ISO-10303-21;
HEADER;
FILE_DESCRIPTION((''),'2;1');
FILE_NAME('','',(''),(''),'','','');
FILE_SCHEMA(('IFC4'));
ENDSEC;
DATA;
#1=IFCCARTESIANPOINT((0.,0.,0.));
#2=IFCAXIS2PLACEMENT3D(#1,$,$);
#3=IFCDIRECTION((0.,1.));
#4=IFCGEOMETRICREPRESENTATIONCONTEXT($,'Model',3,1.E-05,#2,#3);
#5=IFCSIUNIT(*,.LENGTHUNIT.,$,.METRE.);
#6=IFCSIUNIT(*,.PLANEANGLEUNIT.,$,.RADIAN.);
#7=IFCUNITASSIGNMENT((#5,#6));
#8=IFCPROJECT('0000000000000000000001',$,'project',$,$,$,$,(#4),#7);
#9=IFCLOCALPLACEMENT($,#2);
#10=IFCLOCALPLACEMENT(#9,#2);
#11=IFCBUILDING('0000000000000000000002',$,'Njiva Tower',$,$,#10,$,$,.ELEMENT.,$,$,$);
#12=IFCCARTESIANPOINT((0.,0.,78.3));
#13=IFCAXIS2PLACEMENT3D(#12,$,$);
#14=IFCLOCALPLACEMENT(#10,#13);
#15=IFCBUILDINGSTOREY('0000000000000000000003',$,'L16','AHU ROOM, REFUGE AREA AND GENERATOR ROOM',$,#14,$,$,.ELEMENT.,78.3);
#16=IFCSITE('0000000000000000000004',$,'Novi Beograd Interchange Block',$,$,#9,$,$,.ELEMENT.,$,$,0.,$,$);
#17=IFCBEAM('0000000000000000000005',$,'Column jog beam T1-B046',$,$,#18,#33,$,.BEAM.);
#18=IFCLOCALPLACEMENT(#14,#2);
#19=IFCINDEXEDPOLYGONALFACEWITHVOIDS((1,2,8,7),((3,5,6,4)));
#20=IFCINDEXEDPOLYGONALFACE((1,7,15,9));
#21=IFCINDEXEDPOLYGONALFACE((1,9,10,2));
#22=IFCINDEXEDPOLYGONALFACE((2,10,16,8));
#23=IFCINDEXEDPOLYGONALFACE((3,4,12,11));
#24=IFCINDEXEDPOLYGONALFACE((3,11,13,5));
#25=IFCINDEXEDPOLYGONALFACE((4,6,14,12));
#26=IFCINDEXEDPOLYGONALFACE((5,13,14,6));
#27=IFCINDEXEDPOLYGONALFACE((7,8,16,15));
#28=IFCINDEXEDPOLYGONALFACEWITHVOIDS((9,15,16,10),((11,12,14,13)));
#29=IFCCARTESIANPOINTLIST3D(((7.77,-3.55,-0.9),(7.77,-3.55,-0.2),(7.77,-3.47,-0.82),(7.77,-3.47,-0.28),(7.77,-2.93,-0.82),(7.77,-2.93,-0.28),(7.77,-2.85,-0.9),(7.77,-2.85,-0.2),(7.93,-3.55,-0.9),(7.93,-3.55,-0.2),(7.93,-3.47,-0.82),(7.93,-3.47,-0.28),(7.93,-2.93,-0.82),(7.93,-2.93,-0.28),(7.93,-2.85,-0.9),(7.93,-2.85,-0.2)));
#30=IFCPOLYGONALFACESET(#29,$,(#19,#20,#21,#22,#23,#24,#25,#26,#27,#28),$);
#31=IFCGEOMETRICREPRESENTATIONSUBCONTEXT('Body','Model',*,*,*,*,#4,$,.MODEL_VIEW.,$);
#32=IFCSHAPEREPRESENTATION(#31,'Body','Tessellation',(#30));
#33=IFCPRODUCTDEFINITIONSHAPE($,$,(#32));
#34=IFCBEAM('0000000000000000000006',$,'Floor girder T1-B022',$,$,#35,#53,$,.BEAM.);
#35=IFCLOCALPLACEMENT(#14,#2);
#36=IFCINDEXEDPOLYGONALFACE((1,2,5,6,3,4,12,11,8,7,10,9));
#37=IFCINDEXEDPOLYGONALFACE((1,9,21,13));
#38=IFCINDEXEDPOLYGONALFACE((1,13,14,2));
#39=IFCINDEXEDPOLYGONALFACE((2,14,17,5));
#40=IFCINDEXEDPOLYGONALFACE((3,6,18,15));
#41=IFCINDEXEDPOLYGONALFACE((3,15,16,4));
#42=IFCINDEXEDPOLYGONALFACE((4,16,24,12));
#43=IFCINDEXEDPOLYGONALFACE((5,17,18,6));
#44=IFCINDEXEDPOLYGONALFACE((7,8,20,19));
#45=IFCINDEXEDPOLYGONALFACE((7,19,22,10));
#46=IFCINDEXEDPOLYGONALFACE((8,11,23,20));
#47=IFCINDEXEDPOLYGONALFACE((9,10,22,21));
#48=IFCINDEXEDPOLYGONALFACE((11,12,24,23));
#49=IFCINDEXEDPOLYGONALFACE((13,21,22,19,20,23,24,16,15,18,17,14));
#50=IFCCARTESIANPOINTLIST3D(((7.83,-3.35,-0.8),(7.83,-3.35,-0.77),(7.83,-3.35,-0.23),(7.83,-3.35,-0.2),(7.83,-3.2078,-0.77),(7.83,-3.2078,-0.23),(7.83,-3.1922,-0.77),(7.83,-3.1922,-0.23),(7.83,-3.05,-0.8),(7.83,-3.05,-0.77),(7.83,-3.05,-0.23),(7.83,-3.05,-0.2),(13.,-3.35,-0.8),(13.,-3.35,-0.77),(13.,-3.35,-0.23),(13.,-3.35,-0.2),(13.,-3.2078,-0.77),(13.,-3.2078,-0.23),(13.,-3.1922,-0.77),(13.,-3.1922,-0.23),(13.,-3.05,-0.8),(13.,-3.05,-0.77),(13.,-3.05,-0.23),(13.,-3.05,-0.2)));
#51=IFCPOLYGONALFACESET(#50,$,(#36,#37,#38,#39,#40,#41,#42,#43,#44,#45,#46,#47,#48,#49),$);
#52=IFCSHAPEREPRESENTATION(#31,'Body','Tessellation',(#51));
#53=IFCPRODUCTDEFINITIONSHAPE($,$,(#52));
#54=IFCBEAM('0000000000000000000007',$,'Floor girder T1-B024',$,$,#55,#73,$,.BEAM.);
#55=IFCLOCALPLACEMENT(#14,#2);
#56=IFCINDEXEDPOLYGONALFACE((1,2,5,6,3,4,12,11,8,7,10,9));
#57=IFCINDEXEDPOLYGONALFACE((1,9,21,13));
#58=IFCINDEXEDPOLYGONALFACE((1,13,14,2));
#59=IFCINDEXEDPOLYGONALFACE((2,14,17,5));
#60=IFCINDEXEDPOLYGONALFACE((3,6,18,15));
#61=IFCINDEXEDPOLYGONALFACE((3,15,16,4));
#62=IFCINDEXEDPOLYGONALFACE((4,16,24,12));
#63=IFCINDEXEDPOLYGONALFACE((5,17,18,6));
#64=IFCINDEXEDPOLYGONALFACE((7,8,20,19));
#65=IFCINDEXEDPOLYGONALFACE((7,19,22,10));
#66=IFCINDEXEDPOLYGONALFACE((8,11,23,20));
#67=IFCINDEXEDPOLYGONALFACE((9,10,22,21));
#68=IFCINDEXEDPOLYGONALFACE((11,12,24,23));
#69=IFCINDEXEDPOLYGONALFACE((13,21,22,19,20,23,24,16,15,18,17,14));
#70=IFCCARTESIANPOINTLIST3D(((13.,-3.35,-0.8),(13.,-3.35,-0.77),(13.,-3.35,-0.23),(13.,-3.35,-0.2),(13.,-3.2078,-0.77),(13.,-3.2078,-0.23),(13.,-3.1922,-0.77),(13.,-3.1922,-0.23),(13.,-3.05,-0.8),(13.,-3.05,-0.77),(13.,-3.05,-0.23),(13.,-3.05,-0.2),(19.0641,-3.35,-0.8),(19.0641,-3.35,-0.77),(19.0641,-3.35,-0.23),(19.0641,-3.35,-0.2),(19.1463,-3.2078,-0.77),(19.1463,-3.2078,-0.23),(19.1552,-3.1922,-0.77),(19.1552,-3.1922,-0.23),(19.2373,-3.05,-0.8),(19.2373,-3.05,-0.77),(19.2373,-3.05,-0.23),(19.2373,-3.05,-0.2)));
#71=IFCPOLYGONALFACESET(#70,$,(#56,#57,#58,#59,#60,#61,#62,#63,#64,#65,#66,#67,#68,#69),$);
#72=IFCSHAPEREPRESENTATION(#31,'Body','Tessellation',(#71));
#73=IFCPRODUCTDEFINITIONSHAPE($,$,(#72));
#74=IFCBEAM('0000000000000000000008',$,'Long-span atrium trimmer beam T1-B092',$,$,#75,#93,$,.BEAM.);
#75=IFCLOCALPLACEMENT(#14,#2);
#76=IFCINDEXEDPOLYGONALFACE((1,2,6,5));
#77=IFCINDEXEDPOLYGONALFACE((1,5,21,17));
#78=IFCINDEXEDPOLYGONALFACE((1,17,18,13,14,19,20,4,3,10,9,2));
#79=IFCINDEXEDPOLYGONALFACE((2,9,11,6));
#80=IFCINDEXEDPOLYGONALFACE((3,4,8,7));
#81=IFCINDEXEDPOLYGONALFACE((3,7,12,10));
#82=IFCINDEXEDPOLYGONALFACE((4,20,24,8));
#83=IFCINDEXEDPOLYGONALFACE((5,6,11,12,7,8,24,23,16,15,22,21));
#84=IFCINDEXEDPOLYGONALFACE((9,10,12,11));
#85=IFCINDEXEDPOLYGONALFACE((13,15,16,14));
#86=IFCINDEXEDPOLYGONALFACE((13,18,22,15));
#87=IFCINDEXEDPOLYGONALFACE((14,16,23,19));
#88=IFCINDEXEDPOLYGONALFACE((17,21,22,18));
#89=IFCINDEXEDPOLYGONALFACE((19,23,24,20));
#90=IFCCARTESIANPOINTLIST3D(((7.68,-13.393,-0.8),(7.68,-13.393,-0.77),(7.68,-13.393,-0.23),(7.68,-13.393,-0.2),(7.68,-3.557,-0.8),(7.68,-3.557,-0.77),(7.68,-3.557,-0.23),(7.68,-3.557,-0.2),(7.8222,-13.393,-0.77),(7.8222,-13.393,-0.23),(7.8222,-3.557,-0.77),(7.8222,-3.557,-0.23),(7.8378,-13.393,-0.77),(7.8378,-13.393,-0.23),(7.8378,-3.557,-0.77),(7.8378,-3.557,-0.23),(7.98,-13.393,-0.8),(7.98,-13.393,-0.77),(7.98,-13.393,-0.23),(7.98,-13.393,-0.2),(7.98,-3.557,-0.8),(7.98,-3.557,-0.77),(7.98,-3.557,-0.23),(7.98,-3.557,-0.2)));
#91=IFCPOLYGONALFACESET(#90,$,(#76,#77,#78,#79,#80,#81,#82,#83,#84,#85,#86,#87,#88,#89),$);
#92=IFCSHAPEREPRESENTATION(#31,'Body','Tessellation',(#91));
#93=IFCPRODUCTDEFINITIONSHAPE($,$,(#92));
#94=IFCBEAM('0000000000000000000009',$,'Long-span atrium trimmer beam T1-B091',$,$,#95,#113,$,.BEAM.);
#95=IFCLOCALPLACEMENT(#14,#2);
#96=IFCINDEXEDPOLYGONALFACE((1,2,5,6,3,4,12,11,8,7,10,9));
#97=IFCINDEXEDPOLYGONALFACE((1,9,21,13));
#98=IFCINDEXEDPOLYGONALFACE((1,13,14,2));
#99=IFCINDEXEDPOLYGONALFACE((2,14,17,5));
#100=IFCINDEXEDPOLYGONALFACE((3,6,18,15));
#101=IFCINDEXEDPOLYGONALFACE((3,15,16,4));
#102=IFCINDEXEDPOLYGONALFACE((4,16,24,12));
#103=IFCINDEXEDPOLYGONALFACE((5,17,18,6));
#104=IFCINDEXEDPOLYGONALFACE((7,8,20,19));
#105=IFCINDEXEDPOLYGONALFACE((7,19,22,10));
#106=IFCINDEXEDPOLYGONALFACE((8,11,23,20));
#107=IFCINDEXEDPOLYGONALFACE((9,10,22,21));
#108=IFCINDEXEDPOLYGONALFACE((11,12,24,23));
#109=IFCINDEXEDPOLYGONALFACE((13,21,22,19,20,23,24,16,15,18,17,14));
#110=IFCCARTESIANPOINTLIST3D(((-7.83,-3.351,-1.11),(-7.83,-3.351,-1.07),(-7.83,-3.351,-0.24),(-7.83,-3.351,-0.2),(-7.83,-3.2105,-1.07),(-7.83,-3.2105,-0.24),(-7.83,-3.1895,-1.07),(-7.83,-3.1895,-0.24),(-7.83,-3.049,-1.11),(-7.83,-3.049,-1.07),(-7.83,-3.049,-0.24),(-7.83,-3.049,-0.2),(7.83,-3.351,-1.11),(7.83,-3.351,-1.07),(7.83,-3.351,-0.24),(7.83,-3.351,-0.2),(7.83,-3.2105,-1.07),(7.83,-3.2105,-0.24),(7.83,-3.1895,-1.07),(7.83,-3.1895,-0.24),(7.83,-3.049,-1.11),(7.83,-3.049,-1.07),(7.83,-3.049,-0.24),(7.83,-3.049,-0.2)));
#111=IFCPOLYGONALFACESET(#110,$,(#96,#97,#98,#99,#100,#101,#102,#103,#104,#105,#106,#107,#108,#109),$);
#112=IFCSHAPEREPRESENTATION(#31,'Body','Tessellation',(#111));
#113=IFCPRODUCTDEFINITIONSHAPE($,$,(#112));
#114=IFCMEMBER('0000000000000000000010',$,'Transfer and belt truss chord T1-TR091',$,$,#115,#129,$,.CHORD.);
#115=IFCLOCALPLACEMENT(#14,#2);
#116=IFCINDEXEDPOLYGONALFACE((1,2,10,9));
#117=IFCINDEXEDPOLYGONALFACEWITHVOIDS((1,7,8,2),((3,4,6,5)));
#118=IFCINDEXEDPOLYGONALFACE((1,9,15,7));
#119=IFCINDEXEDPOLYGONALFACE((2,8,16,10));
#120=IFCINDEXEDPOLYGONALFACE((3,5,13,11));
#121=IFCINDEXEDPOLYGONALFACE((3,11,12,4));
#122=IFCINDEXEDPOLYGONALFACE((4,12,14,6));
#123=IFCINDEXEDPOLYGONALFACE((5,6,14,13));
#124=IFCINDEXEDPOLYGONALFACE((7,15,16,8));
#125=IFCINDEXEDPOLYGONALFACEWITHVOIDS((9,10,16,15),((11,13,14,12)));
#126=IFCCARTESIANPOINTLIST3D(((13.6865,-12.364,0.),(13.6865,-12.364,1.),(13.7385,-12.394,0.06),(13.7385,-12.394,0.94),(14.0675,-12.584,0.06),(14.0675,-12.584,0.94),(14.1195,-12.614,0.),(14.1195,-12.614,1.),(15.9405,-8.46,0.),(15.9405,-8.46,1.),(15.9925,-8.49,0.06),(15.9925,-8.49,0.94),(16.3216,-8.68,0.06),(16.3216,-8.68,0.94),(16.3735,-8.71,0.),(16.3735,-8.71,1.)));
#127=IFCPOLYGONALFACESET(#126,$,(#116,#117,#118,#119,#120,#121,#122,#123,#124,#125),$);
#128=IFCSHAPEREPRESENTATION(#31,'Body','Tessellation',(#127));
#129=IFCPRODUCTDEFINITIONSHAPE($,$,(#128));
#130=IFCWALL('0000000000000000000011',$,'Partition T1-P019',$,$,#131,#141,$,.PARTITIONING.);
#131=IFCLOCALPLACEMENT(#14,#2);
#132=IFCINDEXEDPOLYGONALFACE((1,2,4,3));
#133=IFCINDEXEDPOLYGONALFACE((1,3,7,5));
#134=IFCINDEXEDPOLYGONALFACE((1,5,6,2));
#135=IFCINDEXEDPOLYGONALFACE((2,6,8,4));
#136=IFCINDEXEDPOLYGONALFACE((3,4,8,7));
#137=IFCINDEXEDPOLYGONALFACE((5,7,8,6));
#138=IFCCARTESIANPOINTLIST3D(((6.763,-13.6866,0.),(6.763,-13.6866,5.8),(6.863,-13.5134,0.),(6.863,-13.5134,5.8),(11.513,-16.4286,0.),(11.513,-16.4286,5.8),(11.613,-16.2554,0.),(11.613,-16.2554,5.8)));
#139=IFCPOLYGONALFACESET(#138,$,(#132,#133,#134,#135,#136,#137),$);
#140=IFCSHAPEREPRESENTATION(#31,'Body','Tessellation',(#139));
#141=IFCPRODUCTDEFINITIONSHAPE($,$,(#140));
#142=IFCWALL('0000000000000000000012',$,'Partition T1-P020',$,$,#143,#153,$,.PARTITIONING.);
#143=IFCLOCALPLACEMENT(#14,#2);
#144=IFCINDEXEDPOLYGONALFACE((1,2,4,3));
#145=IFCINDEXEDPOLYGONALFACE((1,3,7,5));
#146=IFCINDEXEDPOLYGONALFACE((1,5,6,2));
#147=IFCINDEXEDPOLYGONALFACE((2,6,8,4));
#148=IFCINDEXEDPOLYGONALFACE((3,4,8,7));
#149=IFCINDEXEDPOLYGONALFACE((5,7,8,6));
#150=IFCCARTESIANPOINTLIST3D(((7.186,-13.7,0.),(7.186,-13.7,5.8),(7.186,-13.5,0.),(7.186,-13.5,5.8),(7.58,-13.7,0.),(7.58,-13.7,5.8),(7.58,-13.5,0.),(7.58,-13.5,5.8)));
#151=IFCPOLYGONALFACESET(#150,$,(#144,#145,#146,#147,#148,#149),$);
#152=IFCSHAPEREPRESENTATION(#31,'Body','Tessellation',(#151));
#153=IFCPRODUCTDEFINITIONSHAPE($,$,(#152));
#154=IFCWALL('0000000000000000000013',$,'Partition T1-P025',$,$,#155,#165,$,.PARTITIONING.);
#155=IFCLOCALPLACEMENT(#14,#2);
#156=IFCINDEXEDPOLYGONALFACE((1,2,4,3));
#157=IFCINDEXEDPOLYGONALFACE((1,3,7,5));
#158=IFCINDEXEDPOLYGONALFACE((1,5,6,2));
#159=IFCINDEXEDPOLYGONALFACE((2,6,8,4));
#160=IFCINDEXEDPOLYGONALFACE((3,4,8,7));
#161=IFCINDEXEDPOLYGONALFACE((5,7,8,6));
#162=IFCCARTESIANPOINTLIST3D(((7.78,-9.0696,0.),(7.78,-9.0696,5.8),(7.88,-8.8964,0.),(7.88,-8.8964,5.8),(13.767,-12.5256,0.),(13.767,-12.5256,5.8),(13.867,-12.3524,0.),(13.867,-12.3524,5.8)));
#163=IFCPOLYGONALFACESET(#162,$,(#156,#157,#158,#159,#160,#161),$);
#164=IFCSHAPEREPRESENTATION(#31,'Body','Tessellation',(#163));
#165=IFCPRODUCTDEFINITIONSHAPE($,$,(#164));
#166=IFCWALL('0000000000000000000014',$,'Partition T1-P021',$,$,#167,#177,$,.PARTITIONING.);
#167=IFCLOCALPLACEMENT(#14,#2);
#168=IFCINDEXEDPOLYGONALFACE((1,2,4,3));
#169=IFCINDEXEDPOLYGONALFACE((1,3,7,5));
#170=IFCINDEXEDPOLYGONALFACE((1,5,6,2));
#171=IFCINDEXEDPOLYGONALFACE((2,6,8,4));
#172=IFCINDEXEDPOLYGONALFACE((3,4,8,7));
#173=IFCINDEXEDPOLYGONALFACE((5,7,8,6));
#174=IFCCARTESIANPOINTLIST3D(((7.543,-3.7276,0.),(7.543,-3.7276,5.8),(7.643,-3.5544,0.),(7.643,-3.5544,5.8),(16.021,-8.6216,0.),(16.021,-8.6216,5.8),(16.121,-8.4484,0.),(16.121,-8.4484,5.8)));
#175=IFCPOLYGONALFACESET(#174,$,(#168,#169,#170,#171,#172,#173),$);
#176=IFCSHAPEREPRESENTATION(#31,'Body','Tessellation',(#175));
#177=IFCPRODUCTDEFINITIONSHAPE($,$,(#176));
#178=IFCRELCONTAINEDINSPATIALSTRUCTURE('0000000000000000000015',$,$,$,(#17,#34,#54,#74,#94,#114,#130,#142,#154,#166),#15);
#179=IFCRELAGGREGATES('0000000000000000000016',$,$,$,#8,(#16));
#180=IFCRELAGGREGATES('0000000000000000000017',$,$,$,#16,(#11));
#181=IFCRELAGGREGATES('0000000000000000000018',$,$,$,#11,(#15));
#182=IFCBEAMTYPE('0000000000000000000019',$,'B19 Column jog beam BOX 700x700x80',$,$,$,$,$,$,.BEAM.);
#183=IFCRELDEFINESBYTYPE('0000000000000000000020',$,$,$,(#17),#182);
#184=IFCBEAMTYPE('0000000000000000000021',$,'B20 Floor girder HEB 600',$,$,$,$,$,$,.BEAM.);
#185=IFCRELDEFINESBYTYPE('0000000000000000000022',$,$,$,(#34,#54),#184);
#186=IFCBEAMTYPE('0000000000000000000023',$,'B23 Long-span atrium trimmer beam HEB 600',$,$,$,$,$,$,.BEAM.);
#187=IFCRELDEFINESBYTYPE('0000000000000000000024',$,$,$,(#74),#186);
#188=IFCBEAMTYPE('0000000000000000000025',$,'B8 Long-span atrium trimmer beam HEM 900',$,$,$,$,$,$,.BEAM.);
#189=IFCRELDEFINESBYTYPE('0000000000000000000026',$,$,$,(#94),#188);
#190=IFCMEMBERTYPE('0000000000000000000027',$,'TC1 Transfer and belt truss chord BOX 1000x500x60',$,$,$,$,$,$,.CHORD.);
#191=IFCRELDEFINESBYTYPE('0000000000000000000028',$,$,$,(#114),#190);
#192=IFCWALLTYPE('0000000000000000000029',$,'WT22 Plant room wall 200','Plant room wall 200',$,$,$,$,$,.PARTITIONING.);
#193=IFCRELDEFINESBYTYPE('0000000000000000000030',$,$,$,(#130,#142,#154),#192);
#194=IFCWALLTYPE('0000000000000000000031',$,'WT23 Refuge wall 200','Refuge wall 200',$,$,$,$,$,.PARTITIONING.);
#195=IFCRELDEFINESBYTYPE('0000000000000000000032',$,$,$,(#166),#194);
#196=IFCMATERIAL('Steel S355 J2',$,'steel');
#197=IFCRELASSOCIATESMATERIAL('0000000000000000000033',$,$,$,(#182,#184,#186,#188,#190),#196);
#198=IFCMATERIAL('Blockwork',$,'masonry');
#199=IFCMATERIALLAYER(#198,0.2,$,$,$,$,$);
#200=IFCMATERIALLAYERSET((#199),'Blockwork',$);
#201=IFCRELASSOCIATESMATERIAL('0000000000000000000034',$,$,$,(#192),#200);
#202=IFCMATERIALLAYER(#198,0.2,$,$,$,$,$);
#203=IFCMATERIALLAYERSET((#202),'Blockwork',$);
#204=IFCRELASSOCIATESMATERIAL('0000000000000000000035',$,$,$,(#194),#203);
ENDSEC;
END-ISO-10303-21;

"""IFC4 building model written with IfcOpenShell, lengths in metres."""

from ifc_helpers import new_model, si_unit, direction, frame, frame_2d, origin, origin_2d, place, context, subcontext, project, spatial, rectangle, hollow_rectangle, i_section, extrude, clip, halfspace, material, layer, layer_set, material_profile, profile_set, type_object, element, save


model = new_model("IFC4")

# Units and contexts
model_context = context("Model", 3, precision=1e-05, world=origin(), true_north=direction((0.0, 1.0)))
body_context = subcontext(model_context, "Body", "Model", "MODEL_VIEW")
ifc_project = project(units=[si_unit("LENGTHUNIT", "METRE"), si_unit("PLANEANGLEUNIT", "RADIAN")], contexts=[model_context])

# Site, building, storey
site_placement = place(None, origin())
site = spatial("IfcSite", under=ifc_project, at=site_placement, Name="Novi Beograd Interchange Block", CompositionType="ELEMENT", RefElevation=0.0)
building_placement = place(site_placement, origin())
building = spatial("IfcBuilding", under=site, at=building_placement, Name="Njiva Tower", CompositionType="ELEMENT")
storey_placement = place(building_placement, frame((0.0, 0.0, 78.3)))
storey = spatial("IfcBuildingStorey", under=building, at=storey_placement, Name="L16", Description="AHU ROOM, REFUGE AREA AND GENERATOR ROOM", CompositionType="ELEMENT", Elevation=78.3)

# Shared definitions
ifc_material_1 = material(Name="Steel S355 J2", Category="steel")

# Beams
ifc_material_profile_1 = material_profile(ifc_material_1, hollow_rectangle(XDim=0.7, YDim=0.7, WallThickness=0.08, at=origin_2d()), Name="BOX 700x700x80")
ifc_profile_set_1 = profile_set([ifc_material_profile_1], Name="Steel S355 J2")
beam_type_1 = type_object("IfcBeamType", Name="B19 Column jog beam BOX 700x700x80", PredefinedType="BEAM", material=ifc_profile_set_1)
beam_1_placement = place(storey_placement, frame((7.93, -3.2, -0.55), z_axis=(-1.0, 0.0, 0.0), x_axis=(0.0, -1.0, 0.0)))
element("IfcBeam", 1, at=beam_1_placement, inside=storey, type_object=beam_type_1, Name="Column jog beam T1-B046", PredefinedType="BEAM", context=body_context, shape_type="SweptSolid", body=[
    extrude(hollow_rectangle(XDim=0.7, YDim=0.7, WallThickness=0.08, at=origin_2d()), origin(), (0.0, 0.0, 1.0), 0.16),
])
ifc_material_profile_2 = material_profile(ifc_material_1, i_section(OverallWidth=0.3, OverallDepth=0.6, WebThickness=0.0155, FlangeThickness=0.03, at=origin_2d()), Name="HEB 600")
ifc_profile_set_2 = profile_set([ifc_material_profile_2], Name="Steel S355 J2")
beam_type_2 = type_object("IfcBeamType", Name="B20 Floor girder HEB 600", PredefinedType="BEAM", material=ifc_profile_set_2)
beam_2_placement = place(storey_placement, frame((7.83, -3.2, -0.5), z_axis=(1.0, 0.0, 0.0), x_axis=(0.0, 1.0, 0.0)))
element("IfcBeam", 2, at=beam_2_placement, inside=storey, type_object=beam_type_2, Name="Floor girder T1-B022", PredefinedType="BEAM", context=body_context, shape_type="SweptSolid", body=[
    extrude(i_section(OverallWidth=0.3, OverallDepth=0.6, WebThickness=0.0155, FlangeThickness=0.03, at=origin_2d()), origin(), (0.0, 0.0, 1.0), 5.17),
])
beam_3_placement = place(storey_placement, frame((13.0, -3.2, -0.5), z_axis=(1.0, 0.0, 0.0), x_axis=(0.0, 1.0, 0.0)))
element("IfcBeam", 3, at=beam_3_placement, inside=storey, type_object=beam_type_2, Name="Floor girder T1-B024", PredefinedType="BEAM", context=body_context, shape_type="Clipping", body=[
    clip(extrude(i_section(OverallWidth=0.3, OverallDepth=0.6, WebThickness=0.0155, FlangeThickness=0.03, at=origin_2d()), origin(), (0.0, 0.0, 1.0), 6.258), halfspace(frame((-0.025, 0.0, 6.1363), z_axis=(-0.499998, 0.0, 0.866027), x_axis=(0.0, 1.0, 0.0)), False)),
])
ifc_material_profile_3 = material_profile(ifc_material_1, i_section(OverallWidth=0.3, OverallDepth=0.6, WebThickness=0.0155, FlangeThickness=0.03, at=origin_2d()), Name="HEB 600")
ifc_profile_set_3 = profile_set([ifc_material_profile_3], Name="Steel S355 J2")
beam_type_3 = type_object("IfcBeamType", Name="B23 Long-span atrium trimmer beam HEB 600", PredefinedType="BEAM", material=ifc_profile_set_3)
beam_4_placement = place(storey_placement, frame((7.83, -13.393, -0.5), z_axis=(0.0, 1.0, 0.0), x_axis=(-1.0, 0.0, 0.0)))
element("IfcBeam", 4, at=beam_4_placement, inside=storey, type_object=beam_type_3, Name="Long-span atrium trimmer beam T1-B092", PredefinedType="BEAM", context=body_context, shape_type="SweptSolid", body=[
    extrude(i_section(OverallWidth=0.3, OverallDepth=0.6, WebThickness=0.0155, FlangeThickness=0.03, at=origin_2d()), origin(), (0.0, 0.0, 1.0), 9.836),
])
ifc_material_profile_4 = material_profile(ifc_material_1, i_section(OverallWidth=0.302, OverallDepth=0.91, WebThickness=0.021, FlangeThickness=0.04, at=origin_2d()), Name="HEM 900")
ifc_profile_set_4 = profile_set([ifc_material_profile_4], Name="Steel S355 J2")
beam_type_4 = type_object("IfcBeamType", Name="B8 Long-span atrium trimmer beam HEM 900", PredefinedType="BEAM", material=ifc_profile_set_4)
beam_5_placement = place(storey_placement, frame((7.83, -3.2, -0.655), z_axis=(-1.0, 0.0, 0.0), x_axis=(0.0, -1.0, 0.0)))
element("IfcBeam", 5, at=beam_5_placement, inside=storey, type_object=beam_type_4, Name="Long-span atrium trimmer beam T1-B091", PredefinedType="BEAM", context=body_context, shape_type="SweptSolid", body=[
    extrude(i_section(OverallWidth=0.302, OverallDepth=0.91, WebThickness=0.021, FlangeThickness=0.04, at=origin_2d()), origin(), (0.0, 0.0, 1.0), 15.66),
])

# Member
ifc_material_profile_5 = material_profile(ifc_material_1, hollow_rectangle(XDim=0.5, YDim=1.0, WallThickness=0.06, at=origin_2d()), Name="BOX 1000x500x60")
ifc_profile_set_5 = profile_set([ifc_material_profile_5], Name="Steel S355 J2")
member_type_1 = type_object("IfcMemberType", Name="TC1 Transfer and belt truss chord BOX 1000x500x60", PredefinedType="CHORD", material=ifc_profile_set_5)
member_1_placement = place(storey_placement, frame((13.903, -12.489, 0.5), z_axis=(0.500004, 0.866023, 0.0), x_axis=(-0.866023, 0.500004, 0.0)))
element("IfcMember", 6, at=member_1_placement, inside=storey, type_object=member_type_1, Name="Transfer and belt truss chord T1-TR091", PredefinedType="CHORD", context=body_context, shape_type="SweptSolid", body=[
    extrude(hollow_rectangle(XDim=0.5, YDim=1.0, WallThickness=0.06, at=origin_2d()), origin(), (0.0, 0.0, 1.0), 4.508),
])

# Walls
ifc_material_2 = material(Name="Blockwork", Category="masonry")
ifc_layer_1 = layer(ifc_material_2, 0.2)
ifc_layer_set_1 = layer_set([ifc_layer_1], Name="Blockwork")
wall_type_1 = type_object("IfcWallType", Name="WT22 Plant room wall 200", Description="Plant room wall 200", PredefinedType="PARTITIONING", material=ifc_layer_set_1)
wall_1_placement = place(storey_placement, frame((6.813, -13.6, 0.0), z_axis=(0.0, 0.0, 1.0), x_axis=(0.866058, -0.499943, 0.0)))
element("IfcWall", 7, at=wall_1_placement, inside=storey, type_object=wall_type_1, Name="Partition T1-P019", PredefinedType="PARTITIONING", context=body_context, shape_type="SweptSolid", body=[
    extrude(rectangle(XDim=5.4846, YDim=0.2, at=frame_2d((2.7423, 0.0))), origin(), (0.0, 0.0, 1.0), 5.8),
])
wall_2_placement = place(storey_placement, frame((7.186, -13.6, 0.0), z_axis=(0.0, 0.0, 1.0), x_axis=(1.0, 0.0, 0.0)))
element("IfcWall", 8, at=wall_2_placement, inside=storey, type_object=wall_type_1, Name="Partition T1-P020", PredefinedType="PARTITIONING", context=body_context, shape_type="SweptSolid", body=[
    extrude(rectangle(XDim=0.394, YDim=0.2, at=frame_2d((0.197, 0.0))), origin(), (0.0, 0.0, 1.0), 5.8),
])
wall_3_placement = place(storey_placement, frame((7.83, -8.983, 0.0), z_axis=(0.0, 0.0, 1.0), x_axis=(0.866063, -0.499935, 0.0)))
element("IfcWall", 9, at=wall_3_placement, inside=storey, type_object=wall_type_1, Name="Partition T1-P025", PredefinedType="PARTITIONING", context=body_context, shape_type="SweptSolid", body=[
    extrude(rectangle(XDim=6.9129, YDim=0.2, at=frame_2d((3.4564, 0.0))), origin(), (0.0, 0.0, 1.0), 5.8),
])
ifc_layer_2 = layer(ifc_material_2, 0.2)
ifc_layer_set_2 = layer_set([ifc_layer_2], Name="Blockwork")
wall_type_2 = type_object("IfcWallType", Name="WT23 Refuge wall 200", Description="Refuge wall 200", PredefinedType="PARTITIONING", material=ifc_layer_set_2)
wall_4_placement = place(storey_placement, frame((7.593, -3.641, 0.0), z_axis=(0.0, 0.0, 1.0), x_axis=(0.86606, -0.499941, 0.0)))
element("IfcWall", 10, at=wall_4_placement, inside=storey, type_object=wall_type_2, Name="Partition T1-P021", PredefinedType="PARTITIONING", context=body_context, shape_type="SweptSolid", body=[
    extrude(rectangle(XDim=9.7892, YDim=0.2, at=frame_2d((4.8946, 0.0))), origin(), (0.0, 0.0, 1.0), 5.8),
])

save(model, "model.ifc")
